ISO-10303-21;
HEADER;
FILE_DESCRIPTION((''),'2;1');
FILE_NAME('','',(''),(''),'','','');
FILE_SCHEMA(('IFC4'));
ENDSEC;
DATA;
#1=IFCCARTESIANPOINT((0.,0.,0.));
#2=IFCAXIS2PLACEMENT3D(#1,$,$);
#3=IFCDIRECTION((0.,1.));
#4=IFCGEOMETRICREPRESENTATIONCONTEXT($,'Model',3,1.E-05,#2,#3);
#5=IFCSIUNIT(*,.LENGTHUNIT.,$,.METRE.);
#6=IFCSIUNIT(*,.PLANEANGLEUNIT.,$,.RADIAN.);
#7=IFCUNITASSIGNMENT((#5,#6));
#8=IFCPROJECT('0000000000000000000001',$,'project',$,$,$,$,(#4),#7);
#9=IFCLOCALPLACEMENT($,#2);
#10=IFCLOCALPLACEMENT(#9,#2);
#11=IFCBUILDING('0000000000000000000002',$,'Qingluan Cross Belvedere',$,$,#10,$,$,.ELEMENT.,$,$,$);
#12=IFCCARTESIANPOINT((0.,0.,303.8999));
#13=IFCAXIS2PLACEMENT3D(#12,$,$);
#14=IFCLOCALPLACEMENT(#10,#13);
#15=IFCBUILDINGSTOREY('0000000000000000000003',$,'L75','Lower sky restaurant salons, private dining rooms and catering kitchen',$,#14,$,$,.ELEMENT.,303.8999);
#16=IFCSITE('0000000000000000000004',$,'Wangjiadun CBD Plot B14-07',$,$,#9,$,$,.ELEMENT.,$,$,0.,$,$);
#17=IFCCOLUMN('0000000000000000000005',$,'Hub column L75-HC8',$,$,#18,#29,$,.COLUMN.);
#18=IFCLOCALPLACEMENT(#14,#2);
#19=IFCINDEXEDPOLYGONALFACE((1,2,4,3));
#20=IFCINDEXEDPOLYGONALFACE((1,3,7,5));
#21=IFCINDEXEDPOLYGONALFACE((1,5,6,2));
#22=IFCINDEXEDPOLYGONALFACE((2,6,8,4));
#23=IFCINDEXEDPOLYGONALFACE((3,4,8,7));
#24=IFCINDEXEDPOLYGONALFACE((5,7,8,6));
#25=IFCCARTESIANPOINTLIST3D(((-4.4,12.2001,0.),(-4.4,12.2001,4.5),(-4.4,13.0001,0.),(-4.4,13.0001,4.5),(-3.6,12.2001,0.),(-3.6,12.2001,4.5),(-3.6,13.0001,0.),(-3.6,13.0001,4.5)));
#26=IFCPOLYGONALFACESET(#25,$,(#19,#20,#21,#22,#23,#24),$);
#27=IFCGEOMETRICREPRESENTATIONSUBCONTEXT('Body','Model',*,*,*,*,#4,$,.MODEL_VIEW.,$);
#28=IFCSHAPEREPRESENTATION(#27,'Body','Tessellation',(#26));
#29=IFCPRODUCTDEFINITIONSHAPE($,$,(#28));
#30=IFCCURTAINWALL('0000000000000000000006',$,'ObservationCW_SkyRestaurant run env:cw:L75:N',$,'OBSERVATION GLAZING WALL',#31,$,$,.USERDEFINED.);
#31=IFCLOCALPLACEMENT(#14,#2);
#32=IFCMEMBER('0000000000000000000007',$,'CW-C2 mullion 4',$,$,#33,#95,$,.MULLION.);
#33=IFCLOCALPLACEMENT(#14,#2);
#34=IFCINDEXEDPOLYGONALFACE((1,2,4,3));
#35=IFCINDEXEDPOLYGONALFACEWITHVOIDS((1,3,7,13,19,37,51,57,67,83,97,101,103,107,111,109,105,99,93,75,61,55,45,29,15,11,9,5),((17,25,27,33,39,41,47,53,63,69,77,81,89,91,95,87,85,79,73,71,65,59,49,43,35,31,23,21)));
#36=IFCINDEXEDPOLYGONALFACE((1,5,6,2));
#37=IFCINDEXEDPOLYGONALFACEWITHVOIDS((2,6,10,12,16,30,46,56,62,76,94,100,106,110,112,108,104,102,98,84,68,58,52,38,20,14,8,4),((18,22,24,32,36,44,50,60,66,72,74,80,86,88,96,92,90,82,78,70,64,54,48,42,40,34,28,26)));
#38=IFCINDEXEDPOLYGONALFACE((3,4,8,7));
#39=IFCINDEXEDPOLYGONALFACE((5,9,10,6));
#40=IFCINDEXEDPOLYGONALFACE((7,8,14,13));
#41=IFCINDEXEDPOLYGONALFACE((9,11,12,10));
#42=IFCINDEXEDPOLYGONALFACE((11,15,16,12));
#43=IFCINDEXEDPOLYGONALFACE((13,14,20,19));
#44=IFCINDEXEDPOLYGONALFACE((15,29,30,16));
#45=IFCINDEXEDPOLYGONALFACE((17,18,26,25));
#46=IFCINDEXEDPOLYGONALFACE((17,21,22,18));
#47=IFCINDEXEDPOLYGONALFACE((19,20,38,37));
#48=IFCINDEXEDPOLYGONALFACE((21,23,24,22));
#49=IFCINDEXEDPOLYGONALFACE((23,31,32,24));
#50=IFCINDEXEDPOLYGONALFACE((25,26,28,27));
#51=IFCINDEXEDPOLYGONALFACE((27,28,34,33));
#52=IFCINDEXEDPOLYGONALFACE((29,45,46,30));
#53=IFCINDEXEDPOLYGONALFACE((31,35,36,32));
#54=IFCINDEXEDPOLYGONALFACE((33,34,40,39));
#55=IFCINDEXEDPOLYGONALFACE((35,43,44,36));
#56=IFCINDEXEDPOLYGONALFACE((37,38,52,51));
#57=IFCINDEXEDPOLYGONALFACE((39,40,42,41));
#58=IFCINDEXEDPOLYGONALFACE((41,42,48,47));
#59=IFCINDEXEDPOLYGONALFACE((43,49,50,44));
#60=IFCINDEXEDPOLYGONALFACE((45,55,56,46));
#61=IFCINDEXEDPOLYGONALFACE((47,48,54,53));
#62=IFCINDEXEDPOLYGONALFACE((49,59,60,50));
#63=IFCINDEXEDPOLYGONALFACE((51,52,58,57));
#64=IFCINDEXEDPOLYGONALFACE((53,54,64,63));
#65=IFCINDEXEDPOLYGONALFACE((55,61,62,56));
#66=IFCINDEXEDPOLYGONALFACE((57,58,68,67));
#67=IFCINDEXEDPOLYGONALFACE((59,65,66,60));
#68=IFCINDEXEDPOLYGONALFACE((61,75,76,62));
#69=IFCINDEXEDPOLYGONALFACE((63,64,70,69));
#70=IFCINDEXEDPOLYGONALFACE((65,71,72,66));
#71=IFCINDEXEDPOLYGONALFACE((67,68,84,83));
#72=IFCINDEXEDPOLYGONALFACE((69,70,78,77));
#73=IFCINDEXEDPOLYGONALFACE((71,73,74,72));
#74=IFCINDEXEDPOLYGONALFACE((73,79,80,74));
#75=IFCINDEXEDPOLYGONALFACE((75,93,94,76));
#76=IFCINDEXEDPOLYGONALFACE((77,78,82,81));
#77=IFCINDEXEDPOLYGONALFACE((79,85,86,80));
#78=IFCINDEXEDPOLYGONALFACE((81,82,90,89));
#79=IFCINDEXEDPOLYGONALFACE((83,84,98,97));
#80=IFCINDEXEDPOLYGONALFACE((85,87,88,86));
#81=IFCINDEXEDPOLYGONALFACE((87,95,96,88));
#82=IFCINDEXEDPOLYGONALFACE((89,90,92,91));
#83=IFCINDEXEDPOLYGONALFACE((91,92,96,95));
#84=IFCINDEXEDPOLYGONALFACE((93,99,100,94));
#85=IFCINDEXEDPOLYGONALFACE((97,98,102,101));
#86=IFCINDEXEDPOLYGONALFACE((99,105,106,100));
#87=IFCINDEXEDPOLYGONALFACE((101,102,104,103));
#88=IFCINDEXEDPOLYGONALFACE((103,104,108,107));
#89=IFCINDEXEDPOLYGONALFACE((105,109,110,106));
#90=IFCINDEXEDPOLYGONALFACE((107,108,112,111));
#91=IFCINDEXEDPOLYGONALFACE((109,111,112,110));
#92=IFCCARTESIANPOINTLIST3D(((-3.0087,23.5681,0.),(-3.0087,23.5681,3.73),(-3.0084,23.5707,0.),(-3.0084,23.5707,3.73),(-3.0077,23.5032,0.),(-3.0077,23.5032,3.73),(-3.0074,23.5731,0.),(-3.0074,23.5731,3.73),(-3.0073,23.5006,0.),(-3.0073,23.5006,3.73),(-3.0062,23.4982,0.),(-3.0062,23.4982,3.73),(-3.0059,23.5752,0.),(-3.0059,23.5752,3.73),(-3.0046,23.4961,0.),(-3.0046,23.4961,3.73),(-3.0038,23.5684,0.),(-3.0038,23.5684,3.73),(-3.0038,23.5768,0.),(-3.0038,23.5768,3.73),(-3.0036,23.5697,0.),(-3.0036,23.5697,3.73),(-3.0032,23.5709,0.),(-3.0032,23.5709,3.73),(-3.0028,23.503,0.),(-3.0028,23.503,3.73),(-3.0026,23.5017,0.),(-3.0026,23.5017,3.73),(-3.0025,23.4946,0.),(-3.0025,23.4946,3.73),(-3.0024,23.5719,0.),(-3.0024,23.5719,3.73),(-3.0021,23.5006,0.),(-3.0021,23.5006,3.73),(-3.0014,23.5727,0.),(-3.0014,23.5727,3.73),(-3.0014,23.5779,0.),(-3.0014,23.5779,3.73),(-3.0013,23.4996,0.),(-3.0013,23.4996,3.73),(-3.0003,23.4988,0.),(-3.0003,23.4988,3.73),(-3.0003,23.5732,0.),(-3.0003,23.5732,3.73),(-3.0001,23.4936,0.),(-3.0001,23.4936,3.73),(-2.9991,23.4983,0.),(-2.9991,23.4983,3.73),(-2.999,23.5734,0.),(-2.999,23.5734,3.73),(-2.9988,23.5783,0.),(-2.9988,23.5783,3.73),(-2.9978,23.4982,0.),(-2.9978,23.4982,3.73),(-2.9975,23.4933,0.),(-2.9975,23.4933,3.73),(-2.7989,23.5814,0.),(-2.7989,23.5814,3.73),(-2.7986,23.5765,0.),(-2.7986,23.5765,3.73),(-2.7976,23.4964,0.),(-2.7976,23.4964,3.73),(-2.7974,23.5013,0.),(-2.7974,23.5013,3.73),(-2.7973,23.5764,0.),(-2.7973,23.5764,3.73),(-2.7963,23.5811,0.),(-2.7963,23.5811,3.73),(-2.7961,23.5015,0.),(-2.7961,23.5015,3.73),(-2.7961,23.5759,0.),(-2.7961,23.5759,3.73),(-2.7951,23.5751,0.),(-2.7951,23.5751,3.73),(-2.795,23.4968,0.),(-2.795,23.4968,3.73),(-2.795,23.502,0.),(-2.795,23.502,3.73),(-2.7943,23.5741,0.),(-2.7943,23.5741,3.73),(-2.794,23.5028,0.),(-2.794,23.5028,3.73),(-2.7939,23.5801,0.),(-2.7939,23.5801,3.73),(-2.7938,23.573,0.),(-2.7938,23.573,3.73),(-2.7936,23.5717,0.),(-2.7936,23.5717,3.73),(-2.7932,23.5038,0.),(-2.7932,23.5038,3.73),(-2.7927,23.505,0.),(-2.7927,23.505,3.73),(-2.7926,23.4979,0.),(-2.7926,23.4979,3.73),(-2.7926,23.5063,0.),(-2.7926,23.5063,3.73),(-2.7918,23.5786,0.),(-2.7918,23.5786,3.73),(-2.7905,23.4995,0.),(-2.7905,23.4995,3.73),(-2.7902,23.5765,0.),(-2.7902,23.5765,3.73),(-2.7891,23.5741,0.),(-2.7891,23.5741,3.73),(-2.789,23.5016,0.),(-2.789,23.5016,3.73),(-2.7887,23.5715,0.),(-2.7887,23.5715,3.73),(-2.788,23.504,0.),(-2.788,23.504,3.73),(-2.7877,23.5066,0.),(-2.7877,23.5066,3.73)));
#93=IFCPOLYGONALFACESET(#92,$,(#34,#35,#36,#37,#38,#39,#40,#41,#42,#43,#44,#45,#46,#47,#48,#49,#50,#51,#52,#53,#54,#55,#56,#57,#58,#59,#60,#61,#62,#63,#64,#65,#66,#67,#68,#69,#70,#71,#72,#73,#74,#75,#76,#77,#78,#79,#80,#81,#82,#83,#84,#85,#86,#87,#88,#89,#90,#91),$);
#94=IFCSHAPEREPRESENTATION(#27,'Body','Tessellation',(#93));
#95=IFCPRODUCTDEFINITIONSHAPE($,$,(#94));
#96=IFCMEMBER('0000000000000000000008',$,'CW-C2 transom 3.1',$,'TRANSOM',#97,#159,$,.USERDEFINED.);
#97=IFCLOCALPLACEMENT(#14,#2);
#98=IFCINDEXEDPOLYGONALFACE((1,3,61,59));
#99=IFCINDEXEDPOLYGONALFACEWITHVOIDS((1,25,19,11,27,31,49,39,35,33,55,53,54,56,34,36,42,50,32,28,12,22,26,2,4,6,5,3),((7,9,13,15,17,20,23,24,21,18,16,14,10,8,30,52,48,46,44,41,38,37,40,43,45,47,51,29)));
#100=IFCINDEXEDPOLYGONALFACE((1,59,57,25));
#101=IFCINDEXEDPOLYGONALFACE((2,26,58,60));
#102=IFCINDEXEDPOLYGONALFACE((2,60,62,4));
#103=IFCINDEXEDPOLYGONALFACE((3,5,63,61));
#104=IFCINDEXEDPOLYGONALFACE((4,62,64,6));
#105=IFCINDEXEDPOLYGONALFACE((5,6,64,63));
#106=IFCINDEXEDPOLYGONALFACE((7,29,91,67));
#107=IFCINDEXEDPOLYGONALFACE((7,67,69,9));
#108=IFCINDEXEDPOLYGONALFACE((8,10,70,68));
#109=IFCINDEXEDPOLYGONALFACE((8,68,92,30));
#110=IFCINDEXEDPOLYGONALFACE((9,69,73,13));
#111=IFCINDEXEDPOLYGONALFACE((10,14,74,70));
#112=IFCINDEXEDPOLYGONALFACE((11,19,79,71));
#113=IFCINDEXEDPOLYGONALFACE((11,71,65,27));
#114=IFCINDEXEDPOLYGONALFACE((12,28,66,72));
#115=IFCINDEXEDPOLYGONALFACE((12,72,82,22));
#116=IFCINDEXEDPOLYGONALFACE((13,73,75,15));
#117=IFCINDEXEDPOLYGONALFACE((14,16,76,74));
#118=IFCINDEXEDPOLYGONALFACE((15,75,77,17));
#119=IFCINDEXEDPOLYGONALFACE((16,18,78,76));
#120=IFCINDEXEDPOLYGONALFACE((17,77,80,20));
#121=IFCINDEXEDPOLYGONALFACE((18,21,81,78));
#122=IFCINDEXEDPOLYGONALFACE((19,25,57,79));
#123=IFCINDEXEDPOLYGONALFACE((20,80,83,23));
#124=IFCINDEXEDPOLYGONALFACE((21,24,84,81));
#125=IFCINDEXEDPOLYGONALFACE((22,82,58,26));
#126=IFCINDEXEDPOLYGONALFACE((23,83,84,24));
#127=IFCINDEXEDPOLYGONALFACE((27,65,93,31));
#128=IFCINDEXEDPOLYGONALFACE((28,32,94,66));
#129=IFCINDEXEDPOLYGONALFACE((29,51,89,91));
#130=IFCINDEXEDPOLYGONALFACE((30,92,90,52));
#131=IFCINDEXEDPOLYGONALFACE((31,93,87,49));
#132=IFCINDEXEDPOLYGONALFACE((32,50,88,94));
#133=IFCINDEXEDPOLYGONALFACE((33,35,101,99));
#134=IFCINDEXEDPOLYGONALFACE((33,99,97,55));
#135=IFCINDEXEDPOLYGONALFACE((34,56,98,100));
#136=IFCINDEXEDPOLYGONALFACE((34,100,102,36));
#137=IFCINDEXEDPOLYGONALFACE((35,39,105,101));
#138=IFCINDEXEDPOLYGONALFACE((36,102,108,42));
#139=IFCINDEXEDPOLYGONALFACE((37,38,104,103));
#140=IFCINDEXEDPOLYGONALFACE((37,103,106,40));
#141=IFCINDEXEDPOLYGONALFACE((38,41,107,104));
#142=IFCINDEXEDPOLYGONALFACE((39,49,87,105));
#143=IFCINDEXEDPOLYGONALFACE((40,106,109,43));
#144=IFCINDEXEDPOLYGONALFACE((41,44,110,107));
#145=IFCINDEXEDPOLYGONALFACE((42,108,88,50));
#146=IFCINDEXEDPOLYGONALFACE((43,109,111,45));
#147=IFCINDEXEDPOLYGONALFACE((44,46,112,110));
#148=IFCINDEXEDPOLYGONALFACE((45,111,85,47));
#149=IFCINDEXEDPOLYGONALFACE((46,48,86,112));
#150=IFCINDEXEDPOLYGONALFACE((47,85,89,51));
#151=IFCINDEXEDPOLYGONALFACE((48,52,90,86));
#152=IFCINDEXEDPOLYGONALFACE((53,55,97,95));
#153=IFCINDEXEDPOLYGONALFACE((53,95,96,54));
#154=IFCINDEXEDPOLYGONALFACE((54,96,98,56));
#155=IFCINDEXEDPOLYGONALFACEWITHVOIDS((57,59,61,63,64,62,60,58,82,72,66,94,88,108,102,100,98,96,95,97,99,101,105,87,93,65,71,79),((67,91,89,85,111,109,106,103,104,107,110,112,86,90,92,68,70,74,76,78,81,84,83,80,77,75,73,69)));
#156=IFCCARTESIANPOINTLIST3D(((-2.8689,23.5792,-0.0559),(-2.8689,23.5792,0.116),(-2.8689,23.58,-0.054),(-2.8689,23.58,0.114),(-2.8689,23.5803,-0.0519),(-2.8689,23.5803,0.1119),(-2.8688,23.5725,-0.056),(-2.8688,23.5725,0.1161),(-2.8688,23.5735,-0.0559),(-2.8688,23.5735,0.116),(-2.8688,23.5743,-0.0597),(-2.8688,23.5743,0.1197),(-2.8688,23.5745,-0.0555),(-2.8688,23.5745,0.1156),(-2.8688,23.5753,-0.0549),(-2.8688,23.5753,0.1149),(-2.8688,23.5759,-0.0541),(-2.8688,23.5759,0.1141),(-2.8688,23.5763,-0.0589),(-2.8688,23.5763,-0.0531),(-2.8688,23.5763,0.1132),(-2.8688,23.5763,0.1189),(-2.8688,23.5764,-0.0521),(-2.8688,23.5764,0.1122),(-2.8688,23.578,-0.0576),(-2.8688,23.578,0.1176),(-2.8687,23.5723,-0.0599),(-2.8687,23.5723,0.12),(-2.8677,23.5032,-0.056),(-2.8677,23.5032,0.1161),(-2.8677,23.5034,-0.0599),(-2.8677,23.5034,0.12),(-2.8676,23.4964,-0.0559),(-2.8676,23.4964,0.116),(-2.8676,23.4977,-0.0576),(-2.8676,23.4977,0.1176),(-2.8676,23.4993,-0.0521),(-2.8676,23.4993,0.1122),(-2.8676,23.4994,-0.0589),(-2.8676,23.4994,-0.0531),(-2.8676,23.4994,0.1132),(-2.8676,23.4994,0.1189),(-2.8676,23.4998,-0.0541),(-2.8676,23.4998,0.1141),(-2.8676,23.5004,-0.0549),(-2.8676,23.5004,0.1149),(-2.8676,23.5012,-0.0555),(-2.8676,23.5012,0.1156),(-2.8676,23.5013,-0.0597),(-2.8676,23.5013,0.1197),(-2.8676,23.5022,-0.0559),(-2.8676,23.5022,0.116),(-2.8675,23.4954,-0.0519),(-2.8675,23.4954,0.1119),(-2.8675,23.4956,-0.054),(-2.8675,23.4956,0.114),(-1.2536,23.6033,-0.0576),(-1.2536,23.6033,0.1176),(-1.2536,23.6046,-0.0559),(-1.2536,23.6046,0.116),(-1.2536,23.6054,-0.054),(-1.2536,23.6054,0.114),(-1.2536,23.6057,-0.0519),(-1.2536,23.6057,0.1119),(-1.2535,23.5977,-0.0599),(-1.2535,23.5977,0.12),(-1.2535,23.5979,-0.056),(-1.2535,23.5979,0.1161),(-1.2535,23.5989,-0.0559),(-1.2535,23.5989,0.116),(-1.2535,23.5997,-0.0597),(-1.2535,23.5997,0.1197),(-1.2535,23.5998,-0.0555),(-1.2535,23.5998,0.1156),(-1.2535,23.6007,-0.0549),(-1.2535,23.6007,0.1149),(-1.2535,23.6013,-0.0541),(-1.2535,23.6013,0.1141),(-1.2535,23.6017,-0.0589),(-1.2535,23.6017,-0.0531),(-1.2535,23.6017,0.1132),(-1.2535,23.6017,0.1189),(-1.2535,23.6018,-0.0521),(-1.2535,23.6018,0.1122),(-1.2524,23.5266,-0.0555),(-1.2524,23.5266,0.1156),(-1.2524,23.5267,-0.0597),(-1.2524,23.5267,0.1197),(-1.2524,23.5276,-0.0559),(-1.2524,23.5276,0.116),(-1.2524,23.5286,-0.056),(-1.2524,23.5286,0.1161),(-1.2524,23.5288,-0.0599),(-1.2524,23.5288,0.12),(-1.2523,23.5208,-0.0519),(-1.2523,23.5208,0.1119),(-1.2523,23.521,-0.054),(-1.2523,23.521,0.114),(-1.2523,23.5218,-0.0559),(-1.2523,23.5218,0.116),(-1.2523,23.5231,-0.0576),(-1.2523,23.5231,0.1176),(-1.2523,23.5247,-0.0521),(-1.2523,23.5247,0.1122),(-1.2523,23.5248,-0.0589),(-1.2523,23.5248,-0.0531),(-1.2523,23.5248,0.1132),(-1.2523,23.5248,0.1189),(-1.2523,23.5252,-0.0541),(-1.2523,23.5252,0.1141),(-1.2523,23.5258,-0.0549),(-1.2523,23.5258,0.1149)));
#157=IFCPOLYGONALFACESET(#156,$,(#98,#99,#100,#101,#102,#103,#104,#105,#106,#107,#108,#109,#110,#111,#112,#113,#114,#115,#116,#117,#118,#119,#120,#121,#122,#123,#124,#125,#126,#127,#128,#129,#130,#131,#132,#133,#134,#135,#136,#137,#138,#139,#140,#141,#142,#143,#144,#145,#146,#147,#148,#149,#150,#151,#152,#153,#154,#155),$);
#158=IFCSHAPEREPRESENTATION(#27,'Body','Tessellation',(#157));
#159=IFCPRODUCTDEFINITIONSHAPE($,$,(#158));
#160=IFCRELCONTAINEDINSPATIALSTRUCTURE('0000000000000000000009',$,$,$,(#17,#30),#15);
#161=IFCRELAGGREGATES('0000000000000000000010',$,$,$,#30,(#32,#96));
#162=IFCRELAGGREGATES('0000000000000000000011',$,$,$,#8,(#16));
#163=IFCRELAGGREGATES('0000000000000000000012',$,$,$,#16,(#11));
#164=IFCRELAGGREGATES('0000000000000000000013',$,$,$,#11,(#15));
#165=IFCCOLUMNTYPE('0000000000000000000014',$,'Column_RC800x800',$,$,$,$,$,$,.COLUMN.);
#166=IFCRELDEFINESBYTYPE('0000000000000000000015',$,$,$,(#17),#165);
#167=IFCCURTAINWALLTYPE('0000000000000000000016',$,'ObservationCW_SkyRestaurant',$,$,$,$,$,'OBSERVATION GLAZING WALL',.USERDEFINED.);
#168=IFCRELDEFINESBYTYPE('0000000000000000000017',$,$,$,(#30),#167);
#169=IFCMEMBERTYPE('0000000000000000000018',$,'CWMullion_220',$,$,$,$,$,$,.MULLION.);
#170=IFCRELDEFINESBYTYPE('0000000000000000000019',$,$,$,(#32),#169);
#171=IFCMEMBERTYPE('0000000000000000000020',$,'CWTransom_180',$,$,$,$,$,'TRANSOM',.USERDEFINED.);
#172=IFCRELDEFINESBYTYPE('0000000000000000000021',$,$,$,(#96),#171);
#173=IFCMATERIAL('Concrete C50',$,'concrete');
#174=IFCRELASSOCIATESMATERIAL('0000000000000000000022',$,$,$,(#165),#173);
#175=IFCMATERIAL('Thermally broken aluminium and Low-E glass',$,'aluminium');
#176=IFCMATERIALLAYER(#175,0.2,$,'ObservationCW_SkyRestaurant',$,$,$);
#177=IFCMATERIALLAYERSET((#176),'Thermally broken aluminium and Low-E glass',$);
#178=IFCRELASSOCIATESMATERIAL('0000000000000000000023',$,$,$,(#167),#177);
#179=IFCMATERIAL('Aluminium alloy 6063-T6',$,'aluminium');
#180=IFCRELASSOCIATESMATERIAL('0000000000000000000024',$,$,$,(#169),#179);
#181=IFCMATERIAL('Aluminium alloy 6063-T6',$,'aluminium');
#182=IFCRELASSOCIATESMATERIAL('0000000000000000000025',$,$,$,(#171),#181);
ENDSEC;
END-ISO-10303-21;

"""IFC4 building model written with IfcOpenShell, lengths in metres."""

from ifc_helpers import new_model, si_unit, direction, frame, origin, origin_2d, place, context, subcontext, project, spatial, rectangle, hollow_rectangle, extrude, material, layer, layer_set, material_profile, profile_set, type_object, element, aggregate, save


model = new_model("IFC4")

# Units and contexts
model_context = context("Model", 3, precision=1e-05, world=origin(), true_north=direction((0.0, 1.0)))
body_context = subcontext(model_context, "Body", "Model", "MODEL_VIEW")
ifc_project = project(units=[si_unit("LENGTHUNIT", "METRE"), si_unit("PLANEANGLEUNIT", "RADIAN")], contexts=[model_context])

# Site, building, storey
site_placement = place(None, origin())
site = spatial("IfcSite", under=ifc_project, at=site_placement, Name="Wangjiadun CBD Plot B14-07", CompositionType="ELEMENT", RefElevation=0.0)
building_placement = place(site_placement, origin())
building = spatial("IfcBuilding", under=site, at=building_placement, Name="Qingluan Cross Belvedere", CompositionType="ELEMENT")
storey_placement = place(building_placement, frame((0.0, 0.0, 303.8999)))
storey = spatial("IfcBuildingStorey", under=building, at=storey_placement, Name="L75", Description="Lower sky restaurant salons, private dining rooms and catering kitchen", CompositionType="ELEMENT", Elevation=303.8999)

# Column
ifc_material_1 = material(Name="Concrete C50", Category="concrete")
ifc_material_profile_1 = material_profile(ifc_material_1, rectangle(XDim=0.8, YDim=0.8, at=origin_2d()), Name="RC800x800")
ifc_profile_set_1 = profile_set([ifc_material_profile_1], Name="Concrete C50")
column_type = type_object("IfcColumnType", Name="Column_RC800x800", PredefinedType="COLUMN", material=ifc_profile_set_1)
column_placement = place(storey_placement, frame((-4.0, 12.6001, 0.0), z_axis=(0.0, 0.0, 1.0), x_axis=(1.0, 0.0, 0.0)))
element("IfcColumn", 1, at=column_placement, inside=storey, type_object=column_type, Name="Hub column L75-HC8", PredefinedType="COLUMN", context=body_context, shape_type="SweptSolid", body=[
    extrude(rectangle(XDim=0.8, YDim=0.8, at=origin_2d()), origin(), (0.0, 0.0, 1.0), 4.5),
])

# Curtain wall, members
ifc_material_2 = material(Name="Thermally broken aluminium and Low-E glass", Category="aluminium")
ifc_layer_1 = layer(ifc_material_2, 0.2, Name="ObservationCW_SkyRestaurant")
ifc_layer_set_1 = layer_set([ifc_layer_1], Name="Thermally broken aluminium and Low-E glass")
curtain_wall_type = type_object("IfcCurtainWallType", Name="ObservationCW_SkyRestaurant", ElementType="OBSERVATION GLAZING WALL", PredefinedType="USERDEFINED", material=ifc_layer_set_1)
curtain_wall_placement = place(storey_placement, origin())
curtain_wall = element("IfcCurtainWall", 2, at=curtain_wall_placement, inside=storey, type_object=curtain_wall_type, Name="ObservationCW_SkyRestaurant run env:cw:L75:N", ObjectType="OBSERVATION GLAZING WALL", PredefinedType="USERDEFINED")
ifc_material_3 = material(Name="Aluminium alloy 6063-T6", Category="aluminium")
ifc_material_profile_2 = material_profile(ifc_material_3, hollow_rectangle(XDim=0.085, YDim=0.22, WallThickness=0.0049, InnerFilletRadius=0.0049, OuterFilletRadius=0.01, at=origin_2d()), Name="CWM220x85x5")
ifc_profile_set_2 = profile_set([ifc_material_profile_2], Name="Aluminium alloy 6063-T6")
member_type_1 = type_object("IfcMemberType", Name="CWMullion_220", PredefinedType="MULLION", material=ifc_profile_set_2)
member_1_placement = place(storey_placement, frame((-2.8982, 23.5374, 0.0), z_axis=(0.0, 0.0, 1.0), x_axis=(0.015696, -0.999877, 0.0)))
member_1 = element("IfcMember", 3, at=member_1_placement, type_object=member_type_1, Name="CW-C2 mullion 4", PredefinedType="MULLION", context=body_context, shape_type="SweptSolid", body=[
    extrude(hollow_rectangle(XDim=0.085, YDim=0.22, WallThickness=0.0049, InnerFilletRadius=0.0049, OuterFilletRadius=0.01, at=origin_2d()), origin(), (0.0, 0.0, 1.0), 3.73),
])
ifc_material_4 = material(Name="Aluminium alloy 6063-T6", Category="aluminium")
ifc_material_profile_3 = material_profile(ifc_material_4, hollow_rectangle(XDim=0.085, YDim=0.1799, WallThickness=0.0039, InnerFilletRadius=0.0039, OuterFilletRadius=0.0081, at=origin_2d()), Name="CWT180x85x4")
ifc_profile_set_3 = profile_set([ifc_material_profile_3], Name="Aluminium alloy 6063-T6")
member_type_2 = type_object("IfcMemberType", Name="CWTransom_180", ElementType="TRANSOM", PredefinedType="USERDEFINED", material=ifc_profile_set_3)
member_2_placement = place(storey_placement, frame((-1.2529, 23.5632, 0.03), z_axis=(-0.999876, -0.015718, 0.0), x_axis=(0.015718, -0.999876, 0.0)))
member_2 = element("IfcMember", 4, at=member_2_placement, type_object=member_type_2, Name="CW-C2 transom 3.1", ObjectType="TRANSOM", PredefinedType="USERDEFINED", context=body_context, shape_type="SweptSolid", body=[
    extrude(hollow_rectangle(XDim=0.085, YDim=0.1799, WallThickness=0.0039, InnerFilletRadius=0.0039, OuterFilletRadius=0.0081, at=origin_2d()), origin(), (0.0, 0.0, 1.0), 1.6155),
])

aggregate(curtain_wall, [member_1, member_2])

save(model, "model.ifc")
